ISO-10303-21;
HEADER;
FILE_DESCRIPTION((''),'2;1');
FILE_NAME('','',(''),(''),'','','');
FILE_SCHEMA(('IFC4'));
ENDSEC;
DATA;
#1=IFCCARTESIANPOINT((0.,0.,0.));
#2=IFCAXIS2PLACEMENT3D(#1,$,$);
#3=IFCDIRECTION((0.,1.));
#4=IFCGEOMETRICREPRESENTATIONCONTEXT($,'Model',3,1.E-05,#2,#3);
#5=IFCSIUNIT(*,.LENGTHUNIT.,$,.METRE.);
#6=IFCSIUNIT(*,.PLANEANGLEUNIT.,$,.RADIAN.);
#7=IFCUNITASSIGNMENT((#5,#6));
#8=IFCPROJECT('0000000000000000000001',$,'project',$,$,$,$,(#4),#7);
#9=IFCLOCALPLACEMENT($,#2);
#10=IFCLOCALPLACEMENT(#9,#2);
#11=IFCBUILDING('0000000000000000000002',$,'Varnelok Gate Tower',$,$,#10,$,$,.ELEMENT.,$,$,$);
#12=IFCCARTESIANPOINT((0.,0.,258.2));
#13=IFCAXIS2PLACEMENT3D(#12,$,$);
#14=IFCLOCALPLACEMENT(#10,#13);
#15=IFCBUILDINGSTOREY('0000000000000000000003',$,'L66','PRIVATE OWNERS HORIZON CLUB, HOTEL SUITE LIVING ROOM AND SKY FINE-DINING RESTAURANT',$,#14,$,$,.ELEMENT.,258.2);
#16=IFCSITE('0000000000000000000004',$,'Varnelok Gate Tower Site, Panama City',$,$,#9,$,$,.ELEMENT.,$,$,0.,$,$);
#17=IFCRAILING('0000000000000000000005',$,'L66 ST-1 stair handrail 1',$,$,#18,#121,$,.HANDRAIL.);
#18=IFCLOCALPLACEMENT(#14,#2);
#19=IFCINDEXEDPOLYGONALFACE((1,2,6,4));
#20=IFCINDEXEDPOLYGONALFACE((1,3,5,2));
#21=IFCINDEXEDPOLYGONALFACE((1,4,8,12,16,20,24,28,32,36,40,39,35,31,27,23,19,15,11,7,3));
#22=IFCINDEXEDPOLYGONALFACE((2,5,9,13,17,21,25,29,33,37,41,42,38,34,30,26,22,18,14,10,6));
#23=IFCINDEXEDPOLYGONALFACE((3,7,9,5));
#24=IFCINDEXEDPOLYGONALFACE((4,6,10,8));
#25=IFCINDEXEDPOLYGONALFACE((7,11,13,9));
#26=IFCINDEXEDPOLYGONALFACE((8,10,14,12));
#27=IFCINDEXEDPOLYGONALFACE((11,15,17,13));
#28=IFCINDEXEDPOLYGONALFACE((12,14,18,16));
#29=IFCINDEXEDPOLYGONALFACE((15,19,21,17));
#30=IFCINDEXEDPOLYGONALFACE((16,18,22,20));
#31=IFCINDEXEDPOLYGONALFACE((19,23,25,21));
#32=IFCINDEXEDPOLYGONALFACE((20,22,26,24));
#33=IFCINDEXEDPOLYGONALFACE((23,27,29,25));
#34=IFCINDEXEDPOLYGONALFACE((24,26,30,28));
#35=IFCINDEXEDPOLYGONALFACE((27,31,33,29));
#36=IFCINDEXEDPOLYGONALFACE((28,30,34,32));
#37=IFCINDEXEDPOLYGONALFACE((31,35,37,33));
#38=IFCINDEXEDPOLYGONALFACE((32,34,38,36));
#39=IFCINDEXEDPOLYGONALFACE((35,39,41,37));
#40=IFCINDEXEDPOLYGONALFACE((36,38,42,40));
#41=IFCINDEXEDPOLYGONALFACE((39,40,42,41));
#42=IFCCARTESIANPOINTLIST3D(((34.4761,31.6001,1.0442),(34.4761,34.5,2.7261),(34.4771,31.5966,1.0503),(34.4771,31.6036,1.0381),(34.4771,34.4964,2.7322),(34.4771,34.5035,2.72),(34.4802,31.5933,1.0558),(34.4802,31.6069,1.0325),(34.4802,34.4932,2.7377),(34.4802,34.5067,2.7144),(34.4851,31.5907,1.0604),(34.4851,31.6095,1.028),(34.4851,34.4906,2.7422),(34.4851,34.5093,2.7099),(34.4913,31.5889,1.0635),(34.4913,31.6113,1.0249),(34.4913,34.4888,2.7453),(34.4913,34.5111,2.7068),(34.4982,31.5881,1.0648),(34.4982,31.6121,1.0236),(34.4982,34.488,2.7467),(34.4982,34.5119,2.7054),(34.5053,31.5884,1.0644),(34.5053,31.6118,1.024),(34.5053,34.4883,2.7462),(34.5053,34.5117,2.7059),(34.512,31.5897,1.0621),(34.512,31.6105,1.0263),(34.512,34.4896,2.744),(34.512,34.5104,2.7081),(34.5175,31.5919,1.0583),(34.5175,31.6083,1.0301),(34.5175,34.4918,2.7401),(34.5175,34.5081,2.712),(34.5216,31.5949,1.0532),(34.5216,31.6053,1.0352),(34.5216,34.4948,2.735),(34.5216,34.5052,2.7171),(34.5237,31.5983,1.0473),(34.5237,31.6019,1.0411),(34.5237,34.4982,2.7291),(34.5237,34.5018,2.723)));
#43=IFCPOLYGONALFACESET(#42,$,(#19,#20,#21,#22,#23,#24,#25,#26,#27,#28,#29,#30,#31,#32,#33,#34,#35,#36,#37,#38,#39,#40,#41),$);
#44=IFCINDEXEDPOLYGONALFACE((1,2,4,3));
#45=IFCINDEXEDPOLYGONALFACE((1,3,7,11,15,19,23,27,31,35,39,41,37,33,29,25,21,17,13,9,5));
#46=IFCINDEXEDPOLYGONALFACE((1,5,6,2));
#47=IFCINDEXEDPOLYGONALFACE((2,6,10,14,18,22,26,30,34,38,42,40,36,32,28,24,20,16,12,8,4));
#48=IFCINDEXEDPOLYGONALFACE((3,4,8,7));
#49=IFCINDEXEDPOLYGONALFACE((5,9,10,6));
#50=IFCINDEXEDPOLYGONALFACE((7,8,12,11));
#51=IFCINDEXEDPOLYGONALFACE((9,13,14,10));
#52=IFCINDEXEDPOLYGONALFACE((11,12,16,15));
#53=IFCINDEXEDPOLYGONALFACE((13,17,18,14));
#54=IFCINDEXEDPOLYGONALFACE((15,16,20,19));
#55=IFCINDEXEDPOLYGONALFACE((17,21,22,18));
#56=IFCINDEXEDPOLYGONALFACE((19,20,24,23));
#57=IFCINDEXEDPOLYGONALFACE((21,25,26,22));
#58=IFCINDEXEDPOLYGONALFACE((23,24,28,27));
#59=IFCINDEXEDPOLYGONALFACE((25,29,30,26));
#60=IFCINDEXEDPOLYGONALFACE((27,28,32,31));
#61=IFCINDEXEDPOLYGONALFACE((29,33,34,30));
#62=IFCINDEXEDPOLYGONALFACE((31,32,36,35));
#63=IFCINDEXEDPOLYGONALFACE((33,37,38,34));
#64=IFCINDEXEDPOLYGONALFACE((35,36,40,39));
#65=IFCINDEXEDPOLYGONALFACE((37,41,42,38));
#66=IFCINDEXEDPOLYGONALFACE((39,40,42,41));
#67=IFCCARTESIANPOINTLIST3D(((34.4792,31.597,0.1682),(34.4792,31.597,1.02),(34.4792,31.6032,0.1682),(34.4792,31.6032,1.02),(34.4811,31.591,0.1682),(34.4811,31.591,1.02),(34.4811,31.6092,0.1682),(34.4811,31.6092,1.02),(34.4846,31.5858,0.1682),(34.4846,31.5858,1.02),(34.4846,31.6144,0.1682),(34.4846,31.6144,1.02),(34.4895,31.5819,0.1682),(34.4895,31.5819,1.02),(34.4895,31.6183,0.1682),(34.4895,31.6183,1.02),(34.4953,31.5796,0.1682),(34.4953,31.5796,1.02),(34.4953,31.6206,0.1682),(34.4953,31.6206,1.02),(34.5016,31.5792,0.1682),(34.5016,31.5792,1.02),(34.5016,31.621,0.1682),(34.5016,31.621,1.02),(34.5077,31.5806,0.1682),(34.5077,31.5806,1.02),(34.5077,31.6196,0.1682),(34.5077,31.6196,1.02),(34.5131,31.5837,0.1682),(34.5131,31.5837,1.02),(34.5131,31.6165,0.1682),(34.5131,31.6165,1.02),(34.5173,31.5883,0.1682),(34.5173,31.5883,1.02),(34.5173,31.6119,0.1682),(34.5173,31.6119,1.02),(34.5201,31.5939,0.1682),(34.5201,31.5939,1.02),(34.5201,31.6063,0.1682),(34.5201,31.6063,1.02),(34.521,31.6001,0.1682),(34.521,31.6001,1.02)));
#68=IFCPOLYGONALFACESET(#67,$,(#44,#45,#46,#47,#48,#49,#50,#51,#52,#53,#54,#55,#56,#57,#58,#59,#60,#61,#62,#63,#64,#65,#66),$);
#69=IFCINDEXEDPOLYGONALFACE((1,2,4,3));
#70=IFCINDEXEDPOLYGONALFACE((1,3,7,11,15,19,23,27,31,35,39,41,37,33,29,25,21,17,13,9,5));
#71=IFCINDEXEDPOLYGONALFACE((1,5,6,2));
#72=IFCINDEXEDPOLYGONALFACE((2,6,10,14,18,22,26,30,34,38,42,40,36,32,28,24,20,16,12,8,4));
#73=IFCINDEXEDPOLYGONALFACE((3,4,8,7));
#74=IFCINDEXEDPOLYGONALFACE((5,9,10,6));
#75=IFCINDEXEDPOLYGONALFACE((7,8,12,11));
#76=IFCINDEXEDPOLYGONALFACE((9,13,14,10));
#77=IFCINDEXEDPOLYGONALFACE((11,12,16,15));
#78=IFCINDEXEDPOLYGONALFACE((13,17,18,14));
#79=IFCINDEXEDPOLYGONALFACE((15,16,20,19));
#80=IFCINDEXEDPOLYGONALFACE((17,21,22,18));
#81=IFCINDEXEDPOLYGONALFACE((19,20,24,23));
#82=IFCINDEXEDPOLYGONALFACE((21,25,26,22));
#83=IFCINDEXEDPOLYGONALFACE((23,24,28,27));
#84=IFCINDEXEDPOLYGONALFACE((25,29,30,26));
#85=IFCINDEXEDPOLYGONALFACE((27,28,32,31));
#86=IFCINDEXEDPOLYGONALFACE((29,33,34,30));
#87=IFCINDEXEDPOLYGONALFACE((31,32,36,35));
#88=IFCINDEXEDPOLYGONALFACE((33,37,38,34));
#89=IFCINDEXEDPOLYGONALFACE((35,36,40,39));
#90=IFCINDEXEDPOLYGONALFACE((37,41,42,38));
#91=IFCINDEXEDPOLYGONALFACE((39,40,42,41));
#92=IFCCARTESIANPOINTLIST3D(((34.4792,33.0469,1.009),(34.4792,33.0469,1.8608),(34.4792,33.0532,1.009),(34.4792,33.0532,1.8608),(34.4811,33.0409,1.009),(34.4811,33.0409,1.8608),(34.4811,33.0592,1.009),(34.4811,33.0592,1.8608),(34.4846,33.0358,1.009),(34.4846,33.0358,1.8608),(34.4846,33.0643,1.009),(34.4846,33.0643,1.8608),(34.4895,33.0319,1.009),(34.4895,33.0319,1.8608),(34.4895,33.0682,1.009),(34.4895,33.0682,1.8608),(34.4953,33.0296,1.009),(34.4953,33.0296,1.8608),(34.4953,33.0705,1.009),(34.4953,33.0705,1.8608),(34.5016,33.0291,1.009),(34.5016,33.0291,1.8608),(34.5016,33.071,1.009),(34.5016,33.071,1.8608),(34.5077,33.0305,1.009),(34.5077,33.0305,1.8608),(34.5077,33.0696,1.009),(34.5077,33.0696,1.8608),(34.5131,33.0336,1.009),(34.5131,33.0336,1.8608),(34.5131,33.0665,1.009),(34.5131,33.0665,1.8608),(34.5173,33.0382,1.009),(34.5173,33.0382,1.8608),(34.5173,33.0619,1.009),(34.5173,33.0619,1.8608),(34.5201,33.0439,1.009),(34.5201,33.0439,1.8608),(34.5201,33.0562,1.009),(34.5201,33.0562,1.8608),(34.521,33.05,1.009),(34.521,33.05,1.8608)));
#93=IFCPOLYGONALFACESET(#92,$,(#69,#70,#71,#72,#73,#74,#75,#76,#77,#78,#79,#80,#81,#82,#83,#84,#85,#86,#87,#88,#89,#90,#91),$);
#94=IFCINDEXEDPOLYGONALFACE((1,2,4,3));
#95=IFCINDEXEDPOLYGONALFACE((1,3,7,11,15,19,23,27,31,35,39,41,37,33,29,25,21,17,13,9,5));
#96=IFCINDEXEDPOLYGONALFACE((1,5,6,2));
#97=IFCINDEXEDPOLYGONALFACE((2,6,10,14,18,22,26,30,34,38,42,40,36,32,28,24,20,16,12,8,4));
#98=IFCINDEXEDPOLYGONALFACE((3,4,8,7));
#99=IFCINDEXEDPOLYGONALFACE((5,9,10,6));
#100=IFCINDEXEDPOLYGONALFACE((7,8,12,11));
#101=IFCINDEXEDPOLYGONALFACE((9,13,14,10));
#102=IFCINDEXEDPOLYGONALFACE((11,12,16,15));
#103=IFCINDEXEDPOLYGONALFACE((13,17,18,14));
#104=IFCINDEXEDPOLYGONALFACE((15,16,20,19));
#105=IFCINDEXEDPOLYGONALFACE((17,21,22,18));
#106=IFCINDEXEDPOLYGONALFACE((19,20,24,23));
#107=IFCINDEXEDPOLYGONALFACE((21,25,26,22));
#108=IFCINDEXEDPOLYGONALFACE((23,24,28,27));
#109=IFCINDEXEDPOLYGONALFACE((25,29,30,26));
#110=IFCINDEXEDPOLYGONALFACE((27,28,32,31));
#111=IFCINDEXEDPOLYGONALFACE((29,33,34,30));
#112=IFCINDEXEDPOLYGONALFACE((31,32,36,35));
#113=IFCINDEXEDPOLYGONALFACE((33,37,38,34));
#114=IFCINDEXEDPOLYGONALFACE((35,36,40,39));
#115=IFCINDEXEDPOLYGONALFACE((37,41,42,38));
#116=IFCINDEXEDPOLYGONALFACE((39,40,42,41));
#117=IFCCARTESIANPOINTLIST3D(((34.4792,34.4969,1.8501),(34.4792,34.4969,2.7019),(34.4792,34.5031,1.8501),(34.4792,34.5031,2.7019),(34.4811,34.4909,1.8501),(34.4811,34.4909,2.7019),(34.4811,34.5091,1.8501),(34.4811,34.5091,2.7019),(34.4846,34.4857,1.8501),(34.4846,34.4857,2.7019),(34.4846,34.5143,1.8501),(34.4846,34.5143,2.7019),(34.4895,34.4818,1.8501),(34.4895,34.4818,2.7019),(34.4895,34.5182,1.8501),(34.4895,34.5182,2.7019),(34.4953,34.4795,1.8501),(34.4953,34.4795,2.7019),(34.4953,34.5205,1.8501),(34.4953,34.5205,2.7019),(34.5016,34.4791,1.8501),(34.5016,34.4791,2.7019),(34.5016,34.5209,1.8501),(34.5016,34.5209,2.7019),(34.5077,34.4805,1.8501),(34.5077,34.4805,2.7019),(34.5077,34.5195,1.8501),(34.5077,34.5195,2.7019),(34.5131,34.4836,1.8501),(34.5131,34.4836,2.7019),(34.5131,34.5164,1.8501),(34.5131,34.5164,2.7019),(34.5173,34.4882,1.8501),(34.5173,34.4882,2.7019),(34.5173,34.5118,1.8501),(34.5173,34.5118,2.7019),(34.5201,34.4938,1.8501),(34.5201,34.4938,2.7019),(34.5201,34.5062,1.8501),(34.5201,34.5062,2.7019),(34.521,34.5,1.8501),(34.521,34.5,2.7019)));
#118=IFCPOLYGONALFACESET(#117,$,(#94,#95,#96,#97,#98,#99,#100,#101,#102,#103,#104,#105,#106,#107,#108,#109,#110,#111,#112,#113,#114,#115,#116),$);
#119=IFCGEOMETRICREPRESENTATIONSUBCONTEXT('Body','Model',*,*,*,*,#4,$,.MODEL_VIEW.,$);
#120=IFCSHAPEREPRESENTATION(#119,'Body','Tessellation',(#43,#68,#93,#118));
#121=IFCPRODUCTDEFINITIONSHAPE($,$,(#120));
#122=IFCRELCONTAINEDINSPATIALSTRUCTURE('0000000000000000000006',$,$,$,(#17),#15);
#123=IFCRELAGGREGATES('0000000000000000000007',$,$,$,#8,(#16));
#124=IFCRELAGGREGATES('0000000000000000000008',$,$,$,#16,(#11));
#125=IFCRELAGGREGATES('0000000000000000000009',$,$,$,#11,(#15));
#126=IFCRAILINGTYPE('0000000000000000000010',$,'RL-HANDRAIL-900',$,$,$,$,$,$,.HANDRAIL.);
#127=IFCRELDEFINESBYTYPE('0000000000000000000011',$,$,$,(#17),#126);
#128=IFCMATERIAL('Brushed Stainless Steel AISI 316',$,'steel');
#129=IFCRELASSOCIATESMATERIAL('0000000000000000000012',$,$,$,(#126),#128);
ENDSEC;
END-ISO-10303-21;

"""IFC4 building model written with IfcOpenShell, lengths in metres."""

from ifc_helpers import new_model, si_unit, direction, frame, origin, origin_2d, place, context, subcontext, project, spatial, circle, extrude, material, type_object, element, save


model = new_model("IFC4")

# Units and contexts
model_context = context("Model", 3, precision=1e-05, world=origin(), true_north=direction((0.0, 1.0)))
body_context = subcontext(model_context, "Body", "Model", "MODEL_VIEW")
ifc_project = project(units=[si_unit("LENGTHUNIT", "METRE"), si_unit("PLANEANGLEUNIT", "RADIAN")], contexts=[model_context])

# Site, building, storey
site_placement = place(None, origin())
site = spatial("IfcSite", under=ifc_project, at=site_placement, Name="Varnelok Gate Tower Site, Panama City", CompositionType="ELEMENT", RefElevation=0.0)
building_placement = place(site_placement, origin())
building = spatial("IfcBuilding", under=site, at=building_placement, Name="Varnelok Gate Tower", CompositionType="ELEMENT")
storey_placement = place(building_placement, frame((0.0, 0.0, 258.2)))
storey = spatial("IfcBuildingStorey", under=building, at=storey_placement, Name="L66", Description="PRIVATE OWNERS HORIZON CLUB, HOTEL SUITE LIVING ROOM AND SKY FINE-DINING RESTAURANT", CompositionType="ELEMENT", Elevation=258.2)

# Railing
ifc_material_1 = material(Name="Brushed Stainless Steel AISI 316", Category="steel")
railing_type_1 = type_object("IfcRailingType", Name="RL-HANDRAIL-900", PredefinedType="HANDRAIL", material=ifc_material_1)
railing_1_placement = place(storey_placement, frame((34.5, 31.6001, 0.1682)))
element("IfcRailing", 1, at=railing_1_placement, inside=storey, type_object=railing_type_1, Name="L66 ST-1 stair handrail 1", PredefinedType="HANDRAIL", context=body_context, shape_type="SweptSolid", body=[
    extrude(circle(Radius=0.0239, at=origin_2d()), frame((0.0, 0.0, 0.876), z_axis=(0.0, 0.865039, 0.501705), x_axis=(-1.0, 0.0, 0.0)), (0.0, 0.0, 1.0), 3.3523),
    extrude(circle(Radius=0.021, at=origin_2d()), origin(), (0.0, 0.0, 1.0), 0.8518),
    extrude(circle(Radius=0.021, at=origin_2d()), frame((0.0, 1.45, 0.8408)), (0.0, 0.0, 1.0), 0.8518),
    extrude(circle(Radius=0.021, at=origin_2d()), frame((0.0, 2.8999, 1.6819)), (0.0, 0.0, 1.0), 0.8518),
])

save(model, "model.ifc")
